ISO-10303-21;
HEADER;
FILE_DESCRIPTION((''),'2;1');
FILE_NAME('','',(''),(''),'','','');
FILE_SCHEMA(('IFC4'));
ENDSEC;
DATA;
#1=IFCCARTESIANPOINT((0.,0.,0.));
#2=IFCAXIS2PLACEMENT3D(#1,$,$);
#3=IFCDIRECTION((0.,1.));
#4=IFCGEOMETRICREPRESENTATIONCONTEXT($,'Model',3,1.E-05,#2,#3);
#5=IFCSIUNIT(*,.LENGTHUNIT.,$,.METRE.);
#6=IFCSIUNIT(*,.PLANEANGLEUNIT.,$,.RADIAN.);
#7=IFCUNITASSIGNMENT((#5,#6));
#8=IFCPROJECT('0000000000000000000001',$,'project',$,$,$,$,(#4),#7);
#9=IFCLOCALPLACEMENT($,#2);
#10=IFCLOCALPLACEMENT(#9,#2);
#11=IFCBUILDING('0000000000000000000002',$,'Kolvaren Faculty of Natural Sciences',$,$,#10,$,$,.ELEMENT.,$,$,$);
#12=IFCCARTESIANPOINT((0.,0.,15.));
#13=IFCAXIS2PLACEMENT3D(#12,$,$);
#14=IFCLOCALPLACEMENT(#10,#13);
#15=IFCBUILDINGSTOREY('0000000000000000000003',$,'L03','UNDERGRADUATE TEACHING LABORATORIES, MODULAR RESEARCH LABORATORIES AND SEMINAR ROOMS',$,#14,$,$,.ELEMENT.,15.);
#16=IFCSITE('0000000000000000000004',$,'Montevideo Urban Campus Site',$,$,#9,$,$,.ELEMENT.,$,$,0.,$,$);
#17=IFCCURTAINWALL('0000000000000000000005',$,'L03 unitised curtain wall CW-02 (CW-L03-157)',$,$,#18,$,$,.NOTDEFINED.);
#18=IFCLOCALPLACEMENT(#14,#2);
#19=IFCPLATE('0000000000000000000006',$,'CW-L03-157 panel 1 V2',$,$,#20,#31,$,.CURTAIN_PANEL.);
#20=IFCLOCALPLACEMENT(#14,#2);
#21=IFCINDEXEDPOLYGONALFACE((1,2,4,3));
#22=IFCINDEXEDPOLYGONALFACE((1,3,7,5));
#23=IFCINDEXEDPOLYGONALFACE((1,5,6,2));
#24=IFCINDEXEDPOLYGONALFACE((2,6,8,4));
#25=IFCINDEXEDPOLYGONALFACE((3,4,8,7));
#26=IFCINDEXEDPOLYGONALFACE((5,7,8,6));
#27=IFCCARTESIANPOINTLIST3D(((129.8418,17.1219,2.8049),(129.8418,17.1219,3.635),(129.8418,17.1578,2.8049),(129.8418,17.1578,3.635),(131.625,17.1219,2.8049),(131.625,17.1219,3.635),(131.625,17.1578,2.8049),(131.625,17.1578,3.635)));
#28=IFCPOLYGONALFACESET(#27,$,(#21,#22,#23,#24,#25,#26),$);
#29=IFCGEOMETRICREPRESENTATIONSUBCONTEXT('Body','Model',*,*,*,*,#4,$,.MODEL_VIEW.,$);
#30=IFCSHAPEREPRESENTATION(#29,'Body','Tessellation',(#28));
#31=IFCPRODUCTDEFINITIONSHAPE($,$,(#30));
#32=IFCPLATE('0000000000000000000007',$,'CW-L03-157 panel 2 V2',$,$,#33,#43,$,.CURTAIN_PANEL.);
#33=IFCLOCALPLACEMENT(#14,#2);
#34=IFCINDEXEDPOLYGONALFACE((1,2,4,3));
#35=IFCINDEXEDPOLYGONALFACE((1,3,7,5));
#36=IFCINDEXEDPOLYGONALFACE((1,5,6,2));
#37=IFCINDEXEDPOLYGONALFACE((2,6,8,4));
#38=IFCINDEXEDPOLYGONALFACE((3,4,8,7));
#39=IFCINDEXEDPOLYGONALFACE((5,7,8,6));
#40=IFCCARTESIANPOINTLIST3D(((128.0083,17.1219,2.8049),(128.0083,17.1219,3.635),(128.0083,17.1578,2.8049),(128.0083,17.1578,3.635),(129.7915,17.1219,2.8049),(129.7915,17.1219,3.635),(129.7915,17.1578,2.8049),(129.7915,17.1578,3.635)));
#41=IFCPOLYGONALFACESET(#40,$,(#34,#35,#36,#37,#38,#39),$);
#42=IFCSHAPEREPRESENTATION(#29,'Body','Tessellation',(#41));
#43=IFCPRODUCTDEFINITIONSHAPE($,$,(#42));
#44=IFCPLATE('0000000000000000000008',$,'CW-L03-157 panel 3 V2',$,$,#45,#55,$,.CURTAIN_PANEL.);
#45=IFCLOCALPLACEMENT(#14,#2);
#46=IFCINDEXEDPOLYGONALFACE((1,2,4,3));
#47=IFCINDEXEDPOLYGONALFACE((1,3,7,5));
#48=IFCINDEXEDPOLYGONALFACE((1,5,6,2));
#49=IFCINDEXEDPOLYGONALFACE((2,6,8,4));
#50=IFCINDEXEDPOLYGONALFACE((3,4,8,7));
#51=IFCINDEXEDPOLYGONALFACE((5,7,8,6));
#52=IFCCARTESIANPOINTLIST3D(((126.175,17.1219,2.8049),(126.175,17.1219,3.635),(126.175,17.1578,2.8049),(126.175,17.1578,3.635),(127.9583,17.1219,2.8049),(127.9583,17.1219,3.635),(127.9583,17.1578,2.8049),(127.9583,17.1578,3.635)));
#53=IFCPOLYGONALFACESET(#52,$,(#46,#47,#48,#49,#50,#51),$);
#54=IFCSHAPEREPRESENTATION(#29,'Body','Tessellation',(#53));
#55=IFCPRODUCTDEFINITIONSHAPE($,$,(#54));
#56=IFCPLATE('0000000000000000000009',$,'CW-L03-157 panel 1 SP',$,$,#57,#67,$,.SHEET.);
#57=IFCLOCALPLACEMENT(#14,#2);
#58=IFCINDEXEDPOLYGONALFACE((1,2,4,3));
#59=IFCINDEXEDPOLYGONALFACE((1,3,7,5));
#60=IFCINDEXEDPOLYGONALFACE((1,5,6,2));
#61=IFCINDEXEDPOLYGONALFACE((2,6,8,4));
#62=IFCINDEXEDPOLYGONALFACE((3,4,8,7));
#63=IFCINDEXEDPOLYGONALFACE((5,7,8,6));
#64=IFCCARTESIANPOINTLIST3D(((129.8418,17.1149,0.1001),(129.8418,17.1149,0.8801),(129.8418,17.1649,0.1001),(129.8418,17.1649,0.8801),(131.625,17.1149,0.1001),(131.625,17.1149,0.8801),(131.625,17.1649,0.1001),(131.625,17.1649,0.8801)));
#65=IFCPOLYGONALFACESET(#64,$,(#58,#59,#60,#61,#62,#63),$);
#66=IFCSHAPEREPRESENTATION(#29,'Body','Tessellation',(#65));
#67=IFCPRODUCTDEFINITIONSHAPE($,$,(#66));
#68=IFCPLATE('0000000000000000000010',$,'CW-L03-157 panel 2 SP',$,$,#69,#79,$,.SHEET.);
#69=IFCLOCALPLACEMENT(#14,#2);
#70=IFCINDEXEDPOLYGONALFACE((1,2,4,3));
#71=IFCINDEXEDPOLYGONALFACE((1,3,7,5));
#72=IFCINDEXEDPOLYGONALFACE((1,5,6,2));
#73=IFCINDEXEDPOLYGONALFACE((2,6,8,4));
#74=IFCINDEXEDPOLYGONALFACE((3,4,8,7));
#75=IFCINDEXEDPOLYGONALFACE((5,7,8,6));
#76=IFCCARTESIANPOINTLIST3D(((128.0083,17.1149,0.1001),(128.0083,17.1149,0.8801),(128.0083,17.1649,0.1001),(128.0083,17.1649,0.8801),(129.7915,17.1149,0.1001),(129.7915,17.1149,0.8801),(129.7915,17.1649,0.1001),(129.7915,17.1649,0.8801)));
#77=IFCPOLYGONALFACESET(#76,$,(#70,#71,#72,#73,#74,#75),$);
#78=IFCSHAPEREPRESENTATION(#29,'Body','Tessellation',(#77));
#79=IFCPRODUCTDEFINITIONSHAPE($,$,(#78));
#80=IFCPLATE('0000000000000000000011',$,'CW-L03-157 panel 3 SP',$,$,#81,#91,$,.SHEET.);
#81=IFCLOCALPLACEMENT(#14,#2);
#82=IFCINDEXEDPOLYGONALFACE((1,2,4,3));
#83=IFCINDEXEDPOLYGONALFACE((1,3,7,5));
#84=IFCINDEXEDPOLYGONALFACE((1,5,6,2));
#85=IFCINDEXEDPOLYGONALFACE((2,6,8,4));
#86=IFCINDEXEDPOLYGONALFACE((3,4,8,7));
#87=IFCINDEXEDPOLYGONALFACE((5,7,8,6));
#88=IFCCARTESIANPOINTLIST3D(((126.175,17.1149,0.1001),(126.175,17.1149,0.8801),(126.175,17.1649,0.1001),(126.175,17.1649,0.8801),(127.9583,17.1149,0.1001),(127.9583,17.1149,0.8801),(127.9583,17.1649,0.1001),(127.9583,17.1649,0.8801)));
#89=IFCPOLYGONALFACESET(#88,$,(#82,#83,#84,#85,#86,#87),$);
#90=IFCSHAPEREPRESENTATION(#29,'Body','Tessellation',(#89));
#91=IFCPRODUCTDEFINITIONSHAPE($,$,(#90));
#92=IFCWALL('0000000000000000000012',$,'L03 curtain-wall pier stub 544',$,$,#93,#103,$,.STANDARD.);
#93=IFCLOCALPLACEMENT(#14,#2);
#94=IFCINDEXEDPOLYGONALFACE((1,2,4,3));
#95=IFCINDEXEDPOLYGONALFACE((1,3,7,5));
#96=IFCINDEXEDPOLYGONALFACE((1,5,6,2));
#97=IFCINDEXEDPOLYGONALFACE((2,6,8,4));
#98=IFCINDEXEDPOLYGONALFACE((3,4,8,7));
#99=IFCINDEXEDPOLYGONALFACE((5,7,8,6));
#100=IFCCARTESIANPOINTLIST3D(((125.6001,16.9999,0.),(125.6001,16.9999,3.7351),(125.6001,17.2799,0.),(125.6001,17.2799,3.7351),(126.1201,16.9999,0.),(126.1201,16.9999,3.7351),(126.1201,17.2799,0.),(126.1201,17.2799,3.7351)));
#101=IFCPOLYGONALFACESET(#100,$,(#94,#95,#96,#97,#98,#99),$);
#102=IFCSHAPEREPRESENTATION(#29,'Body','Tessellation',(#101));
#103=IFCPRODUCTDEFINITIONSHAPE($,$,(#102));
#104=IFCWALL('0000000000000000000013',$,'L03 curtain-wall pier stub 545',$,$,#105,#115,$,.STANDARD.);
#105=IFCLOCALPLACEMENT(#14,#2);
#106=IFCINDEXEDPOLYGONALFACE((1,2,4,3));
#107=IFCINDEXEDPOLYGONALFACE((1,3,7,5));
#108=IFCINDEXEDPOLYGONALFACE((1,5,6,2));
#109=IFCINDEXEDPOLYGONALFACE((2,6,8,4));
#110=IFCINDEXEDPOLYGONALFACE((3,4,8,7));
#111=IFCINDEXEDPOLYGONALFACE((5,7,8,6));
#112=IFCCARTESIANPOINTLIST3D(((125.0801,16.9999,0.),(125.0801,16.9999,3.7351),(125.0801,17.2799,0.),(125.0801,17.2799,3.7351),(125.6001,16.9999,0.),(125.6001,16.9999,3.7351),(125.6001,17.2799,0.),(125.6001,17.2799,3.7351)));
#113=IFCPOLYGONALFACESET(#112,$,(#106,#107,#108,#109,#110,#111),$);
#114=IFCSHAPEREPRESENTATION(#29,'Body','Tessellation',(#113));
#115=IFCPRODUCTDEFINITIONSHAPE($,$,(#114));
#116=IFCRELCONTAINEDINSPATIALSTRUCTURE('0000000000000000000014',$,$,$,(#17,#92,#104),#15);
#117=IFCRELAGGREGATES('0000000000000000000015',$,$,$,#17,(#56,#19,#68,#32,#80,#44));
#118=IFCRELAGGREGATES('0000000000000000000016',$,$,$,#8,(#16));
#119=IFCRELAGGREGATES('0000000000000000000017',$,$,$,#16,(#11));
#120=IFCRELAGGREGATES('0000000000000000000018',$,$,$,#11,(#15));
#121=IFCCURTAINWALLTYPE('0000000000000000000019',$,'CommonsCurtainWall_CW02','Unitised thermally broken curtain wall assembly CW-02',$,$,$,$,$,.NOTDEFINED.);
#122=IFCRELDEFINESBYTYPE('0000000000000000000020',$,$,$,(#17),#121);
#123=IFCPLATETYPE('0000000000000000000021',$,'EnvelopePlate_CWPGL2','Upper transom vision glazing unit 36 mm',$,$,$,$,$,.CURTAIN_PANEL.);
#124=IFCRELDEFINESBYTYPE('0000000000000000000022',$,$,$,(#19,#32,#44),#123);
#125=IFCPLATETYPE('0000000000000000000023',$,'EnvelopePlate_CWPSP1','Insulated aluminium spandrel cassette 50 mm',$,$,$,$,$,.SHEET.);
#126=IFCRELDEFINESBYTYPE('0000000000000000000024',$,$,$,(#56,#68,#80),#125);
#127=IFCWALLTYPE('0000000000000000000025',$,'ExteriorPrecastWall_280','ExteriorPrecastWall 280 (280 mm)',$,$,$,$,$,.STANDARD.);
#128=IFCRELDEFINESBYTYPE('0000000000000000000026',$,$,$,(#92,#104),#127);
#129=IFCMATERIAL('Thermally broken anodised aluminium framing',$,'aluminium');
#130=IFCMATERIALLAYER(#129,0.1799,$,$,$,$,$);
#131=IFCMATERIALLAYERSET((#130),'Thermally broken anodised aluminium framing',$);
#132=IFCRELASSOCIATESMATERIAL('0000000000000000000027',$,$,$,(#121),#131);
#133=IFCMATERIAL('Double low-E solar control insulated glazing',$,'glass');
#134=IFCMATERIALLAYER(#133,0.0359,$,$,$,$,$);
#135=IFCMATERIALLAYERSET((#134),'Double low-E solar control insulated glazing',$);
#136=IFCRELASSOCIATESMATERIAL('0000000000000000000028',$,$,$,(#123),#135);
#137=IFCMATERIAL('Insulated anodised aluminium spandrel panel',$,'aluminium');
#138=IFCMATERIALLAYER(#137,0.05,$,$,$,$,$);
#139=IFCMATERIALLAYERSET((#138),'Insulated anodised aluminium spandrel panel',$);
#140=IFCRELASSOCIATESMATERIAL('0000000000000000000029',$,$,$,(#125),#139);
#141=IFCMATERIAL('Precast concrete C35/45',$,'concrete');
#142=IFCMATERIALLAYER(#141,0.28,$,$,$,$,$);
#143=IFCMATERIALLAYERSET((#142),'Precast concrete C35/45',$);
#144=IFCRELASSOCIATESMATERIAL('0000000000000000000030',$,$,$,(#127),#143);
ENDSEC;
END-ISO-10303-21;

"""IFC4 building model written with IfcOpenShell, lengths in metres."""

from ifc_helpers import new_model, si_unit, direction, frame, frame_2d, origin, origin_2d, place, context, subcontext, project, spatial, rectangle, extrude, material, layer, layer_set, type_object, element, aggregate, save


model = new_model("IFC4")

# Units and contexts
model_context = context("Model", 3, precision=1e-05, world=origin(), true_north=direction((0.0, 1.0)))
body_context = subcontext(model_context, "Body", "Model", "MODEL_VIEW")
ifc_project = project(units=[si_unit("LENGTHUNIT", "METRE"), si_unit("PLANEANGLEUNIT", "RADIAN")], contexts=[model_context])

# Site, building, storey
site_placement = place(None, origin())
site = spatial("IfcSite", under=ifc_project, at=site_placement, Name="Montevideo Urban Campus Site", CompositionType="ELEMENT", RefElevation=0.0)
building_placement = place(site_placement, origin())
building = spatial("IfcBuilding", under=site, at=building_placement, Name="Kolvaren Faculty of Natural Sciences", CompositionType="ELEMENT")
storey_placement = place(building_placement, frame((0.0, 0.0, 15.0)))
storey = spatial("IfcBuildingStorey", under=building, at=storey_placement, Name="L03", Description="UNDERGRADUATE TEACHING LABORATORIES, MODULAR RESEARCH LABORATORIES AND SEMINAR ROOMS", CompositionType="ELEMENT", Elevation=15.0)

# Curtain wall
ifc_material_1 = material(Name="Thermally broken anodised aluminium framing", Category="aluminium")
ifc_layer_1 = layer(ifc_material_1, 0.1799)
ifc_layer_set_1 = layer_set([ifc_layer_1], Name="Thermally broken anodised aluminium framing")
curtain_wall_type = type_object("IfcCurtainWallType", Name="CommonsCurtainWall_CW02", Description="Unitised thermally broken curtain wall assembly CW-02", PredefinedType="NOTDEFINED", material=ifc_layer_set_1)
curtain_wall_placement = place(storey_placement, origin())
curtain_wall = element("IfcCurtainWall", 1, at=curtain_wall_placement, inside=storey, type_object=curtain_wall_type, Name="L03 unitised curtain wall CW-02 (CW-L03-157)", PredefinedType="NOTDEFINED")

# Plates
ifc_material_2 = material(Name="Double low-E solar control insulated glazing", Category="glass")
ifc_layer_2 = layer(ifc_material_2, 0.0359)
ifc_layer_set_2 = layer_set([ifc_layer_2], Name="Double low-E solar control insulated glazing")
plate_type_1 = type_object("IfcPlateType", Name="EnvelopePlate_CWPGL2", Description="Upper transom vision glazing unit 36 mm", PredefinedType="CURTAIN_PANEL", material=ifc_layer_set_2)
plate_1_placement = place(storey_placement, frame((130.7334, 17.1399, 2.8049), z_axis=(0.0, 0.0, 1.0), x_axis=(-1.0, 0.0, 0.0)))
plate_1 = element("IfcPlate", 2, at=plate_1_placement, type_object=plate_type_1, Name="CW-L03-157 panel 1 V2", PredefinedType="CURTAIN_PANEL", context=body_context, shape_type="SweptSolid", body=[
    extrude(rectangle(XDim=1.7832, YDim=0.0359, at=origin_2d()), origin(), (0.0, 0.0, 1.0), 0.8301),
])
plate_2_placement = place(storey_placement, frame((128.8999, 17.1399, 2.8049), z_axis=(0.0, 0.0, 1.0), x_axis=(-1.0, 0.0, 0.0)))
plate_2 = element("IfcPlate", 3, at=plate_2_placement, type_object=plate_type_1, Name="CW-L03-157 panel 2 V2", PredefinedType="CURTAIN_PANEL", context=body_context, shape_type="SweptSolid", body=[
    extrude(rectangle(XDim=1.7832, YDim=0.0359, at=origin_2d()), origin(), (0.0, 0.0, 1.0), 0.8301),
])
plate_3_placement = place(storey_placement, frame((127.0667, 17.1399, 2.8049), z_axis=(0.0, 0.0, 1.0), x_axis=(-1.0, 0.0, 0.0)))
plate_3 = element("IfcPlate", 4, at=plate_3_placement, type_object=plate_type_1, Name="CW-L03-157 panel 3 V2", PredefinedType="CURTAIN_PANEL", context=body_context, shape_type="SweptSolid", body=[
    extrude(rectangle(XDim=1.7832, YDim=0.0359, at=origin_2d()), origin(), (0.0, 0.0, 1.0), 0.8301),
])
ifc_material_3 = material(Name="Insulated anodised aluminium spandrel panel", Category="aluminium")
ifc_layer_3 = layer(ifc_material_3, 0.05)
ifc_layer_set_3 = layer_set([ifc_layer_3], Name="Insulated anodised aluminium spandrel panel")
plate_type_2 = type_object("IfcPlateType", Name="EnvelopePlate_CWPSP1", Description="Insulated aluminium spandrel cassette 50 mm", PredefinedType="SHEET", material=ifc_layer_set_3)
plate_4_placement = place(storey_placement, frame((130.7334, 17.1399, 0.1001), z_axis=(0.0, 0.0, 1.0), x_axis=(-1.0, 0.0, 0.0)))
plate_4 = element("IfcPlate", 5, at=plate_4_placement, type_object=plate_type_2, Name="CW-L03-157 panel 1 SP", PredefinedType="SHEET", context=body_context, shape_type="SweptSolid", body=[
    extrude(rectangle(XDim=1.7832, YDim=0.05, at=origin_2d()), origin(), (0.0, 0.0, 1.0), 0.78),
])
plate_5_placement = place(storey_placement, frame((128.8999, 17.1399, 0.1001), z_axis=(0.0, 0.0, 1.0), x_axis=(-1.0, 0.0, 0.0)))
plate_5 = element("IfcPlate", 6, at=plate_5_placement, type_object=plate_type_2, Name="CW-L03-157 panel 2 SP", PredefinedType="SHEET", context=body_context, shape_type="SweptSolid", body=[
    extrude(rectangle(XDim=1.7832, YDim=0.05, at=origin_2d()), origin(), (0.0, 0.0, 1.0), 0.78),
])
plate_6_placement = place(storey_placement, frame((127.0667, 17.1399, 0.1001), z_axis=(0.0, 0.0, 1.0), x_axis=(-1.0, 0.0, 0.0)))
plate_6 = element("IfcPlate", 7, at=plate_6_placement, type_object=plate_type_2, Name="CW-L03-157 panel 3 SP", PredefinedType="SHEET", context=body_context, shape_type="SweptSolid", body=[
    extrude(rectangle(XDim=1.7832, YDim=0.05, at=origin_2d()), origin(), (0.0, 0.0, 1.0), 0.78),
])
aggregate(curtain_wall, [plate_4, plate_1, plate_5, plate_2, plate_6, plate_3])

# Walls
ifc_material_4 = material(Name="Precast concrete C35/45", Category="concrete")
ifc_layer_4 = layer(ifc_material_4, 0.28)
ifc_layer_set_4 = layer_set([ifc_layer_4], Name="Precast concrete C35/45")
wall_type = type_object("IfcWallType", Name="ExteriorPrecastWall_280", Description="ExteriorPrecastWall 280 (280 mm)", PredefinedType="STANDARD", material=ifc_layer_set_4)
for number, where, z_axis, x_axis, name in (
    (8, (126.1201, 17.1399, 0.0), (0.0, 0.0, 1.0), (-1.0, 0.0, 0.0), "L03 curtain-wall pier stub 544"),
    (9, (125.6001, 17.1399, 0.0), (0.0, 0.0, 1.0), (-1.0, 0.0, 0.0), "L03 curtain-wall pier stub 545"),
):
    element("IfcWall", number, at=place(storey_placement, frame(where, z_axis=z_axis, x_axis=x_axis)), inside=storey, type_object=wall_type, Name=name, PredefinedType="STANDARD", context=body_context, shape_type="SweptSolid", body=[
        extrude(rectangle(XDim=0.52, YDim=0.28, at=frame_2d((0.26, 0.0))), origin(), (0.0, 0.0, 1.0), 3.7351),
    ])

save(model, "model.ifc")
